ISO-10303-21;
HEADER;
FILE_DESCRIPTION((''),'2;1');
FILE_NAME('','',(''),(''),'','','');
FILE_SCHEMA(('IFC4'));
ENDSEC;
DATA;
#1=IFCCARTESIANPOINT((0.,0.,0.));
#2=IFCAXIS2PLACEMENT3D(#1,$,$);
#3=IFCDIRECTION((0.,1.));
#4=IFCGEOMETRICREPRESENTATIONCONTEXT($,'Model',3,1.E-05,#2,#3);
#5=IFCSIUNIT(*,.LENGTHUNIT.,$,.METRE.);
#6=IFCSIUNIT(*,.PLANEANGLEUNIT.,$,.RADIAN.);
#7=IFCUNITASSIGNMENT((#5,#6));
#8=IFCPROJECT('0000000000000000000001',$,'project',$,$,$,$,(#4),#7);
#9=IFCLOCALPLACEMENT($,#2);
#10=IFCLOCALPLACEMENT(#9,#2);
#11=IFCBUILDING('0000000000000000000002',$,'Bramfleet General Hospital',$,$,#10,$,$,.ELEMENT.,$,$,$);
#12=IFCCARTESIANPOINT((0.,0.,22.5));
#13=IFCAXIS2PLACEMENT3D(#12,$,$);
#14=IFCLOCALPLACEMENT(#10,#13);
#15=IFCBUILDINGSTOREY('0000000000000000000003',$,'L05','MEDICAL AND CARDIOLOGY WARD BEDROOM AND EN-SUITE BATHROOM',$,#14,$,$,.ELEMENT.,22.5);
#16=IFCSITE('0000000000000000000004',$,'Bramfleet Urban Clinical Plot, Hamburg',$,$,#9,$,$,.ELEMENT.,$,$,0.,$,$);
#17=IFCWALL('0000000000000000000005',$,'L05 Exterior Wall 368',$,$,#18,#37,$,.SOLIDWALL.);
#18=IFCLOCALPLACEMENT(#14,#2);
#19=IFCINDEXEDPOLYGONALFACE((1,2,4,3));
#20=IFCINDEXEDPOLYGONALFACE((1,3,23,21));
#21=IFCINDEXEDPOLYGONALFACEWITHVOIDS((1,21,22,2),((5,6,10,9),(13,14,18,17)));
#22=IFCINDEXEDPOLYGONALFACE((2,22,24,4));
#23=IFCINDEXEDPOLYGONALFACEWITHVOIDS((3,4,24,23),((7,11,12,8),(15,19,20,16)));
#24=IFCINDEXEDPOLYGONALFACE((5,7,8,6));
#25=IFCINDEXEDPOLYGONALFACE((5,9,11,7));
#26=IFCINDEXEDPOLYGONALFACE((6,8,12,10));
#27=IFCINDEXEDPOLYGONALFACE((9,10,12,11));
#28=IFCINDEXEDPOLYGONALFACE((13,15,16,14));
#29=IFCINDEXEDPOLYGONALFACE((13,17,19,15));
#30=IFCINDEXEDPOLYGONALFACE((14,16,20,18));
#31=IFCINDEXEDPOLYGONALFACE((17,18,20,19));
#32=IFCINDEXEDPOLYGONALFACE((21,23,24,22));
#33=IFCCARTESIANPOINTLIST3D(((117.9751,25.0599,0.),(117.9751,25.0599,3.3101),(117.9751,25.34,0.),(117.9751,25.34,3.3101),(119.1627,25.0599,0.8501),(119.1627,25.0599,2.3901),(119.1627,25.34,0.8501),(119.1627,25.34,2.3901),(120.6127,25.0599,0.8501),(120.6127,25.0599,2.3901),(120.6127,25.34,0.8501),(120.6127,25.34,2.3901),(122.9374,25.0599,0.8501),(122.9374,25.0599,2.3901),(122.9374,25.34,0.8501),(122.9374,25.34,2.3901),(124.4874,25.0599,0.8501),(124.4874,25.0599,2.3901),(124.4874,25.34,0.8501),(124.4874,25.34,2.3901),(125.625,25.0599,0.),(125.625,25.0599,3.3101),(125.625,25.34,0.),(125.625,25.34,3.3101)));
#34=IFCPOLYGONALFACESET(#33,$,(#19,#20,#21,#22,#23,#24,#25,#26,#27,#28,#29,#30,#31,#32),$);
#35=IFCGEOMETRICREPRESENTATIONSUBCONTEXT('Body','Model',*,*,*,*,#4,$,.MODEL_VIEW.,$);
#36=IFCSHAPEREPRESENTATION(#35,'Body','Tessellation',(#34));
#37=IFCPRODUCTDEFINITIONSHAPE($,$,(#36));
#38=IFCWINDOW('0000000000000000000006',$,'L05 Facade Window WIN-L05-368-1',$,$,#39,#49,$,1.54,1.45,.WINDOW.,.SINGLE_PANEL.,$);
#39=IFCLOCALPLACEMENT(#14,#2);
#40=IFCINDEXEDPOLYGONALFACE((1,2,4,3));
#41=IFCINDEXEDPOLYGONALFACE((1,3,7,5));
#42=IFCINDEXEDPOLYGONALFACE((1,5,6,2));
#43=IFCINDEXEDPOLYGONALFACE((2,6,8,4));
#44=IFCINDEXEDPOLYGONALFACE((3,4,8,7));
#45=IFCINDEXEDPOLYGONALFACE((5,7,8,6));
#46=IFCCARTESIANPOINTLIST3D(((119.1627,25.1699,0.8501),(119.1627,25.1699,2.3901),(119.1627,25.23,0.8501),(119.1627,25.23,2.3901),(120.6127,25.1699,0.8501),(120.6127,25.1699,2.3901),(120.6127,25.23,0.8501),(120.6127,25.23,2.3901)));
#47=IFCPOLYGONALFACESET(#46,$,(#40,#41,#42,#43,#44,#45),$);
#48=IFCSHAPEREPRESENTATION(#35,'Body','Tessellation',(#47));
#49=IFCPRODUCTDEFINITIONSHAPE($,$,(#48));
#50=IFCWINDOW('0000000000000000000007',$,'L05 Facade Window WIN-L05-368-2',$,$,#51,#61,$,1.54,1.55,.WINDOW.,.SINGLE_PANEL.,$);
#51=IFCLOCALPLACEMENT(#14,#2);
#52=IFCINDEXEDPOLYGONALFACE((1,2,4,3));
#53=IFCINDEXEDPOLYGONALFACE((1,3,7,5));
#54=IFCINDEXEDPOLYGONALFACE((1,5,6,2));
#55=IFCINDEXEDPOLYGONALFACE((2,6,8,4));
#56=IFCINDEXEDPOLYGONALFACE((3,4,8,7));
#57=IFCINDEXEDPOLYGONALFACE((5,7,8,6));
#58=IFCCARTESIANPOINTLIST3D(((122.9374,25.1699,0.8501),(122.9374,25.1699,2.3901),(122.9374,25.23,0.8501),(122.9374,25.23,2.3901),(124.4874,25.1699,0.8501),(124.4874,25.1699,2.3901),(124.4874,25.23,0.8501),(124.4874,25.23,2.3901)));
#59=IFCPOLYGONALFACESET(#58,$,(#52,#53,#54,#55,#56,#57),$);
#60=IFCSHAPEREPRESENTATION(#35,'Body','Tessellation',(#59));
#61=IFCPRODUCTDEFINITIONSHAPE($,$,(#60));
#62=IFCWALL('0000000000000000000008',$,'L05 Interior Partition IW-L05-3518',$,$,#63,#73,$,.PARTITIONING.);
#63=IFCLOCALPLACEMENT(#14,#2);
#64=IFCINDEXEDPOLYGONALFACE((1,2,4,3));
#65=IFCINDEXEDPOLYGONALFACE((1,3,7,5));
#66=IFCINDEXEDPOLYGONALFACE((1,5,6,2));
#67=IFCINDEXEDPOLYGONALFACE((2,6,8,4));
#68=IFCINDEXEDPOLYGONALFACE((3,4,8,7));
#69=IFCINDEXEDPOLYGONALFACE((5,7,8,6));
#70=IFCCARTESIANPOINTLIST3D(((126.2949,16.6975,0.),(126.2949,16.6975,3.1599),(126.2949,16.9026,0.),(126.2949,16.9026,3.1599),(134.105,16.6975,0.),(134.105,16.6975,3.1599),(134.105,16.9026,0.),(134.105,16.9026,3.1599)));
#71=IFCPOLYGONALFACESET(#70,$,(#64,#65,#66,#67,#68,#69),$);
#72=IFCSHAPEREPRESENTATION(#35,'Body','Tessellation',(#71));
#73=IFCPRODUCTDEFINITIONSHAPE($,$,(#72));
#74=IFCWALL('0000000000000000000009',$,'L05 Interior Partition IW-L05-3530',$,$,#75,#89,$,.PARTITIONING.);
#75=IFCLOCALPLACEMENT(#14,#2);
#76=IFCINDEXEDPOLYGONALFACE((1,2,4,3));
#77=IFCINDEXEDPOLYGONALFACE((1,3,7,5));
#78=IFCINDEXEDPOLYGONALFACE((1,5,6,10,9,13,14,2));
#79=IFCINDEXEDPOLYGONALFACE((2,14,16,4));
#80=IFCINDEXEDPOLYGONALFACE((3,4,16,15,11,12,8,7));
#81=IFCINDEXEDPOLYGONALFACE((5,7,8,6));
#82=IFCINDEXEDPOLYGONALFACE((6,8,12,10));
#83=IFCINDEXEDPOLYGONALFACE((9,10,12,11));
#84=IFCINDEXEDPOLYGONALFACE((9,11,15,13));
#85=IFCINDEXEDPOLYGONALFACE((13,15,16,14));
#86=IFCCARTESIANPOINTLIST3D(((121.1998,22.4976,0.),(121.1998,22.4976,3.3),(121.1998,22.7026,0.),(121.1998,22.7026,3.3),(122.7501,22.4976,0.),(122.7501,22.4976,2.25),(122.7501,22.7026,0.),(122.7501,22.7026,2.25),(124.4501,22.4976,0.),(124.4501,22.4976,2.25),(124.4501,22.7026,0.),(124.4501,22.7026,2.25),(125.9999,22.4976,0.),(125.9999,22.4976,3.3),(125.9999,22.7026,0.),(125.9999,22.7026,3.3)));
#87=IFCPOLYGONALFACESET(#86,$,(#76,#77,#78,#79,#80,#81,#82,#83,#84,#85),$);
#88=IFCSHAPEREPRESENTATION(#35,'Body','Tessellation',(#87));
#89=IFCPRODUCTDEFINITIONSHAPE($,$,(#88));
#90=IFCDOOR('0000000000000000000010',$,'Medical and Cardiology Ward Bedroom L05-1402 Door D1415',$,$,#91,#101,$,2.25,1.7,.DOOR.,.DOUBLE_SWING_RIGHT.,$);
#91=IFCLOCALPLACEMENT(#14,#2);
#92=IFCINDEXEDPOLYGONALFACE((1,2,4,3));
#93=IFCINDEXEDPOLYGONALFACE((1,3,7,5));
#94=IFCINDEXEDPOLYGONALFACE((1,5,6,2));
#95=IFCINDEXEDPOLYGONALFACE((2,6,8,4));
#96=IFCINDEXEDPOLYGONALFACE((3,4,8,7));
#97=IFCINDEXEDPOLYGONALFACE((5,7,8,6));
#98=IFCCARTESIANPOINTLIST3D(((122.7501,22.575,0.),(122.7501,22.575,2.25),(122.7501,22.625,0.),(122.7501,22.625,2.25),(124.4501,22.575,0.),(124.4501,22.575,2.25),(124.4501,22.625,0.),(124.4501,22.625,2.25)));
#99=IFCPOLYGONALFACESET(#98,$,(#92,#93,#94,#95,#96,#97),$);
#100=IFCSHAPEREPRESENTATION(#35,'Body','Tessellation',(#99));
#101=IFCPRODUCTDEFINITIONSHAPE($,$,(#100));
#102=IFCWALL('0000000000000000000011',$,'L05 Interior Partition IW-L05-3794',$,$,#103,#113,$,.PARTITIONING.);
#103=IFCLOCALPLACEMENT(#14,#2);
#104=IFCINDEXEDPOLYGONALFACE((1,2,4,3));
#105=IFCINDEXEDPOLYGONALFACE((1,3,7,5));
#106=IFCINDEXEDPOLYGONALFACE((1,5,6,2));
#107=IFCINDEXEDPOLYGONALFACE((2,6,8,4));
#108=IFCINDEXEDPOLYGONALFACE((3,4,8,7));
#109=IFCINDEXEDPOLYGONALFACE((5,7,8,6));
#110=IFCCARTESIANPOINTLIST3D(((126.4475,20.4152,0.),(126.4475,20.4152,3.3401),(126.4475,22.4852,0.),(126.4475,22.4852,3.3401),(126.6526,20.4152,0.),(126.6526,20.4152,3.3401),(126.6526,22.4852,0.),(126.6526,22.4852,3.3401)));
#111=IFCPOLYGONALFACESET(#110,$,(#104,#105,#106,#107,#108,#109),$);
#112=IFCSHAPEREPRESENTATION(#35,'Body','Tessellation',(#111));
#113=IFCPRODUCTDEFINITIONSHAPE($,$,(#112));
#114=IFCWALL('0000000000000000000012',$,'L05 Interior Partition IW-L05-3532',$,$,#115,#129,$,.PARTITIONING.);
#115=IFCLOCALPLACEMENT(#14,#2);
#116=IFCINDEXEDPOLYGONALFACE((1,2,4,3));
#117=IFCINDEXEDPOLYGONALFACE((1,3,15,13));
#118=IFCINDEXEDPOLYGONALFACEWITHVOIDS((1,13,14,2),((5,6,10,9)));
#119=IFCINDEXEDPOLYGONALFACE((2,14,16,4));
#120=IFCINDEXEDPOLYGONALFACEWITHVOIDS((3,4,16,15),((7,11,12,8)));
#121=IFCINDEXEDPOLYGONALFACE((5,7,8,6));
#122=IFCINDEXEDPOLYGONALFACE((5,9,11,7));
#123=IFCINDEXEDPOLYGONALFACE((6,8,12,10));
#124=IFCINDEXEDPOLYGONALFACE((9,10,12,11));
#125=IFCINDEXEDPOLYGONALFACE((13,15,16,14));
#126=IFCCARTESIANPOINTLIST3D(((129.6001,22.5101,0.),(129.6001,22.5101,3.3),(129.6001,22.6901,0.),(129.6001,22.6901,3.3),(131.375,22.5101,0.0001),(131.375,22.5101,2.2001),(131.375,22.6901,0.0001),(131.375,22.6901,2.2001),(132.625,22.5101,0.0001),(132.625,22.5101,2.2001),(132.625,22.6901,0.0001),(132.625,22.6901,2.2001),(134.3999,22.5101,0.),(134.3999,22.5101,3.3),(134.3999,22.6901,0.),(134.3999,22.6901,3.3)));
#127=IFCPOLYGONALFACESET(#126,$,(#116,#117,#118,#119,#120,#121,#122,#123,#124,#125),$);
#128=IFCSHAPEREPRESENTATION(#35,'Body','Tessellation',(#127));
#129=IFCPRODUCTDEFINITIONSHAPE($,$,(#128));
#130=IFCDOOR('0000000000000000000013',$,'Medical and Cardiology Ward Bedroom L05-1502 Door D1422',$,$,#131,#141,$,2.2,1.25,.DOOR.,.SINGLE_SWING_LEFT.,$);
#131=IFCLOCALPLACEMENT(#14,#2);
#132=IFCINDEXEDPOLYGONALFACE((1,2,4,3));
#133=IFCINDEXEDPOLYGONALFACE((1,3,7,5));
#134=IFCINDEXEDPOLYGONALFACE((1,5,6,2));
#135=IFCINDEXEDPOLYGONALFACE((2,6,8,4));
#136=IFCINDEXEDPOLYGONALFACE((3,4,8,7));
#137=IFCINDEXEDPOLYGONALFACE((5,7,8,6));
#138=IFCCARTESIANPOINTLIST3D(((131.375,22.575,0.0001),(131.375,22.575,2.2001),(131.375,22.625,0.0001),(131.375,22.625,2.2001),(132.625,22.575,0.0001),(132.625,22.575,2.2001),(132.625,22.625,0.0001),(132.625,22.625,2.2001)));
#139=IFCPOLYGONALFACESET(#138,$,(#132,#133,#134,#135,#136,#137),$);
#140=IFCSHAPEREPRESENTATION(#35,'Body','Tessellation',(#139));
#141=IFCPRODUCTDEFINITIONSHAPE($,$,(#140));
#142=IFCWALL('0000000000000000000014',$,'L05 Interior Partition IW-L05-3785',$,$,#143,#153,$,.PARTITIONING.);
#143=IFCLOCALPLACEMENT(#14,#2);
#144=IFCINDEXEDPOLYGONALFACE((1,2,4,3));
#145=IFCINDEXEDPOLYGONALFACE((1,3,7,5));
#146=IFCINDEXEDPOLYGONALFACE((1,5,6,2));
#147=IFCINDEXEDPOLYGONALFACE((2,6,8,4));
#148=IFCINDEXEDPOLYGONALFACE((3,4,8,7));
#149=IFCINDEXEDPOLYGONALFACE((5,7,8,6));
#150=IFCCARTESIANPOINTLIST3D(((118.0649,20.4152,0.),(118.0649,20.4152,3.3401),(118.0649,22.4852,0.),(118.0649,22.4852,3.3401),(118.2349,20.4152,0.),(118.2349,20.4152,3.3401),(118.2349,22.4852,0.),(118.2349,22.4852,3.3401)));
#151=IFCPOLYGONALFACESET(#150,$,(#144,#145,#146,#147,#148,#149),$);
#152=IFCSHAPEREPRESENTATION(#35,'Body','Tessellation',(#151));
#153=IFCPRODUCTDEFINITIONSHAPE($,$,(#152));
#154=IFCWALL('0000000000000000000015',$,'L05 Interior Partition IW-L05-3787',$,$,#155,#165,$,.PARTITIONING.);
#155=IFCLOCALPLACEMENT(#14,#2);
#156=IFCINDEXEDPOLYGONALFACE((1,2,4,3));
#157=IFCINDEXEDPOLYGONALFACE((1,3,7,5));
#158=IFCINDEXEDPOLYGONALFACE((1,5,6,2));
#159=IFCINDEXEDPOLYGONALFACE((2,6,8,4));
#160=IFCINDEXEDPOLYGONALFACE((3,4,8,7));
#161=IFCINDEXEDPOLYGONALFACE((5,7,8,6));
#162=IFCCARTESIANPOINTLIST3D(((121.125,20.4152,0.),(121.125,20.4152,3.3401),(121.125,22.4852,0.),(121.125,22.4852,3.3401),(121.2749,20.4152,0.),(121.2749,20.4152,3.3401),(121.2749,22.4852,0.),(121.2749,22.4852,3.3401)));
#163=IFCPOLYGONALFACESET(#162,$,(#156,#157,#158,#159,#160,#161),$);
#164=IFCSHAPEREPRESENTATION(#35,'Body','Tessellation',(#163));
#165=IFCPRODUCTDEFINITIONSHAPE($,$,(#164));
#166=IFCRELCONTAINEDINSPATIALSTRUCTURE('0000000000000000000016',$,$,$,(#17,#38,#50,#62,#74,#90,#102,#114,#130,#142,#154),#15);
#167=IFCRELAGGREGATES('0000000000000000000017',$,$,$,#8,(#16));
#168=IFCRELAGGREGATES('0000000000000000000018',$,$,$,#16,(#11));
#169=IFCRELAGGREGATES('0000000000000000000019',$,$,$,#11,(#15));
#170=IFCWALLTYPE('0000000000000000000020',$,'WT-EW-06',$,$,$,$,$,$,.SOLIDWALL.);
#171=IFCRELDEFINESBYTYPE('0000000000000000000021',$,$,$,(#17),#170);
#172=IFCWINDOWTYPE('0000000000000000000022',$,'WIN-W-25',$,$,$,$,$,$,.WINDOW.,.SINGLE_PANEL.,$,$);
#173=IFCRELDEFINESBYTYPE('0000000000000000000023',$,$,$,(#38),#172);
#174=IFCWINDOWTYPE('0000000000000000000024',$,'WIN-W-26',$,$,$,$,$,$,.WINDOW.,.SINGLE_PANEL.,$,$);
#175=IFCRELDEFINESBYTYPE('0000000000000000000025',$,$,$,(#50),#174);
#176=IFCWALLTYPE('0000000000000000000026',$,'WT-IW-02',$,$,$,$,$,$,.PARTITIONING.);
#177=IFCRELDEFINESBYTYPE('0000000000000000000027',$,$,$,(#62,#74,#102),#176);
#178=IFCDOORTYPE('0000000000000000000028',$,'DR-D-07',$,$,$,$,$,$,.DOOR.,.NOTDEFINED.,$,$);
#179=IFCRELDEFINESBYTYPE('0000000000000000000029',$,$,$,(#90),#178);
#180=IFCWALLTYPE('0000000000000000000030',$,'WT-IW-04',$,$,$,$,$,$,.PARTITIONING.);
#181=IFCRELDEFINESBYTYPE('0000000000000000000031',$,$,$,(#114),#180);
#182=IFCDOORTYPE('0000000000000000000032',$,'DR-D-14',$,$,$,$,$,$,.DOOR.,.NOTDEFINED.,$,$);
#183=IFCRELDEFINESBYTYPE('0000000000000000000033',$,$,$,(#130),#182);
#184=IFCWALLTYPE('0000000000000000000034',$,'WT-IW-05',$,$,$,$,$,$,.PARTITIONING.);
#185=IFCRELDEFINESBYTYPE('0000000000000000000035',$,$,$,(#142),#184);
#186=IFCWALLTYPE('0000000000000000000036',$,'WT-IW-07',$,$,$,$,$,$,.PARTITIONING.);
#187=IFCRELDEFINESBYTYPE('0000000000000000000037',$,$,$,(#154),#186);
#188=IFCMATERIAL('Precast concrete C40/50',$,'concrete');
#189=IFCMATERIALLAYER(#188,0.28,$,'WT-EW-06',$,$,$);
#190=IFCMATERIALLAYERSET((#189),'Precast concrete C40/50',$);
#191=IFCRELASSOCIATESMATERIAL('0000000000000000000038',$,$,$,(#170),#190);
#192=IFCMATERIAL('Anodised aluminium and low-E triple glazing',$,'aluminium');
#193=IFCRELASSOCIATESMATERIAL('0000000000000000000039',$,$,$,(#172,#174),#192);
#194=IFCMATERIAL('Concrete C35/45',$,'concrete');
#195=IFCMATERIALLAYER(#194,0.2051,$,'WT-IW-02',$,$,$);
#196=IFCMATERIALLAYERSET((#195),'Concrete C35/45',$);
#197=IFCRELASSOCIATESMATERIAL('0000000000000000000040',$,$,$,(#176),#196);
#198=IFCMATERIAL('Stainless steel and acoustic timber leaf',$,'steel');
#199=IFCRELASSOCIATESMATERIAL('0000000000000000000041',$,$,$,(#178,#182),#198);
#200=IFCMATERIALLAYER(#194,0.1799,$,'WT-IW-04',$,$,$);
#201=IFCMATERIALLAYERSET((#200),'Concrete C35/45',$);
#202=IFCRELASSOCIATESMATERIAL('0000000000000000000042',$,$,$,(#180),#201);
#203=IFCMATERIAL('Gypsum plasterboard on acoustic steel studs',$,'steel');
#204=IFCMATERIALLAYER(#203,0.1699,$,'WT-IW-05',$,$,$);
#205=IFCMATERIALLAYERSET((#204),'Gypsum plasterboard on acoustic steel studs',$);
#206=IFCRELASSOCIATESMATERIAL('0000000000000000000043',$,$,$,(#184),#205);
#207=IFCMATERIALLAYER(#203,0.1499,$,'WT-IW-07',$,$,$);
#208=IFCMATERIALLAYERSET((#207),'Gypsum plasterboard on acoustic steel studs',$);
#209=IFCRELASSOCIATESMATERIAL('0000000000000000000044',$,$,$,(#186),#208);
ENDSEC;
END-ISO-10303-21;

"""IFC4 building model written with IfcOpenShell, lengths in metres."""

from ifc_helpers import new_model, si_unit, direction, frame, frame_2d, origin, place, context, subcontext, project, spatial, rectangle, extrude, material, layer, layer_set, type_object, element, fill, save


model = new_model("IFC4")

# Units and contexts
model_context = context("Model", 3, precision=1e-05, world=origin(), true_north=direction((0.0, 1.0)))
body_context = subcontext(model_context, "Body", "Model", "MODEL_VIEW")
ifc_project = project(units=[si_unit("LENGTHUNIT", "METRE"), si_unit("PLANEANGLEUNIT", "RADIAN")], contexts=[model_context])

# Site, building, storey
site_placement = place(None, origin())
site = spatial("IfcSite", under=ifc_project, at=site_placement, Name="Bramfleet Urban Clinical Plot, Hamburg", CompositionType="ELEMENT", RefElevation=0.0)
building_placement = place(site_placement, origin())
building = spatial("IfcBuilding", under=site, at=building_placement, Name="Bramfleet General Hospital", CompositionType="ELEMENT")
storey_placement = place(building_placement, frame((0.0, 0.0, 22.5)))
storey = spatial("IfcBuildingStorey", under=building, at=storey_placement, Name="L05", Description="MEDICAL AND CARDIOLOGY WARD BEDROOM AND EN-SUITE BATHROOM", CompositionType="ELEMENT", Elevation=22.5)

# Shared definitions
ifc_material_1 = material(Name="Anodised aluminium and low-E triple glazing", Category="aluminium")

# Wall, openings, windows
ifc_material_2 = material(Name="Precast concrete C40/50", Category="concrete")
ifc_layer_1 = layer(ifc_material_2, 0.28, Name="WT-EW-06")
ifc_layer_set_1 = layer_set([ifc_layer_1], Name="Precast concrete C40/50")
wall_type_1 = type_object("IfcWallType", Name="WT-EW-06", PredefinedType="SOLIDWALL", material=ifc_layer_set_1)
wall_1_placement = place(storey_placement, frame((117.9751, 25.2, 0.0), z_axis=(0.0, 0.0, 1.0), x_axis=(1.0, 0.0, 0.0)))
wall_1 = element("IfcWall", 1, at=wall_1_placement, inside=storey, type_object=wall_type_1, Name="L05 Exterior Wall 368", PredefinedType="SOLIDWALL", context=body_context, shape_type="SweptSolid", body=[
    extrude(rectangle(XDim=7.6499, YDim=0.28, at=frame_2d((3.825, 0.0))), origin(), (0.0, 0.0, 1.0), 3.3101),
])
opening_1_placement = place(wall_1_placement, frame((1.1875, 0.0, 0.8501)))
opening_1 = element("IfcOpeningElement", 2, at=opening_1_placement, cuts=wall_1, PredefinedType="OPENING", context=body_context, shape_type="SweptSolid", body=[
    extrude(rectangle(XDim=1.45, YDim=1.54, at=frame_2d((0.7251, 0.77))), frame((0.0, 0.1499, 0.0), z_axis=(0.0, -1.0, 0.0), x_axis=(1.0, 0.0, 0.0)), (0.0, 0.0, 1.0), 0.3),
])
opening_2_placement = place(wall_1_placement, frame((4.9624, 0.0, 0.8501)))
opening_2 = element("IfcOpeningElement", 3, at=opening_2_placement, cuts=wall_1, PredefinedType="OPENING", context=body_context, shape_type="SweptSolid", body=[
    extrude(rectangle(XDim=1.55, YDim=1.54, at=frame_2d((0.7749, 0.77))), frame((0.0, 0.1499, 0.0), z_axis=(0.0, -1.0, 0.0), x_axis=(1.0, 0.0, 0.0)), (0.0, 0.0, 1.0), 0.3),
])
window_type_1 = type_object("IfcWindowType", Name="WIN-W-25", PartitioningType="SINGLE_PANEL", PredefinedType="WINDOW", material=ifc_material_1)
window_1_placement = place(opening_1_placement, origin())
window_1 = element("IfcWindow", 4, at=window_1_placement, inside=storey, type_object=window_type_1, Name="L05 Facade Window WIN-L05-368-1", OverallHeight=1.54, OverallWidth=1.45, PartitioningType="SINGLE_PANEL", PredefinedType="WINDOW", context=body_context, shape_type="SweptSolid", body=[
    extrude(rectangle(XDim=1.45, YDim=1.54, at=frame_2d((0.7251, 0.77))), frame((0.0, 0.03, 0.0), z_axis=(0.0, -1.0, 0.0), x_axis=(1.0, 0.0, 0.0)), (0.0, 0.0, 1.0), 0.0601),
])
fill(opening_1, window_1)
window_type_2 = type_object("IfcWindowType", Name="WIN-W-26", PartitioningType="SINGLE_PANEL", PredefinedType="WINDOW", material=ifc_material_1)
window_2_placement = place(opening_2_placement, origin())
window_2 = element("IfcWindow", 5, at=window_2_placement, inside=storey, type_object=window_type_2, Name="L05 Facade Window WIN-L05-368-2", OverallHeight=1.54, OverallWidth=1.55, PartitioningType="SINGLE_PANEL", PredefinedType="WINDOW", context=body_context, shape_type="SweptSolid", body=[
    extrude(rectangle(XDim=1.55, YDim=1.54, at=frame_2d((0.7749, 0.77))), frame((0.0, 0.03, 0.0), z_axis=(0.0, -1.0, 0.0), x_axis=(1.0, 0.0, 0.0)), (0.0, 0.0, 1.0), 0.0601),
])
fill(opening_2, window_2)

# Wall
ifc_material_3 = material(Name="Concrete C35/45", Category="concrete")
ifc_layer_2 = layer(ifc_material_3, 0.2051, Name="WT-IW-02")
ifc_layer_set_2 = layer_set([ifc_layer_2], Name="Concrete C35/45")
wall_type_2 = type_object("IfcWallType", Name="WT-IW-02", PredefinedType="PARTITIONING", material=ifc_layer_set_2)
wall_2_placement = place(storey_placement, frame((126.2949, 16.8, 0.0), z_axis=(0.0, 0.0, 1.0), x_axis=(1.0, 0.0, 0.0)))
element("IfcWall", 6, at=wall_2_placement, inside=storey, type_object=wall_type_2, Name="L05 Interior Partition IW-L05-3518", PredefinedType="PARTITIONING", context=body_context, shape_type="SweptSolid", body=[
    extrude(rectangle(XDim=7.8101, YDim=0.2051, at=frame_2d((3.905, 0.0))), origin(), (0.0, 0.0, 1.0), 3.1599),
])

# Wall, opening, door
wall_3_placement = place(storey_placement, frame((121.2, 22.6001, 0.0), z_axis=(0.0, 0.0, 1.0), x_axis=(1.0, 0.0, 0.0)))
wall_3 = element("IfcWall", 7, at=wall_3_placement, inside=storey, type_object=wall_type_2, Name="L05 Interior Partition IW-L05-3530", PredefinedType="PARTITIONING", context=body_context, shape_type="SweptSolid", body=[
    extrude(rectangle(XDim=4.8, YDim=0.2051, at=frame_2d((2.3999, 0.0))), origin(), (0.0, 0.0, 1.0), 3.3),
])
opening_3_placement = place(wall_3_placement, frame((1.55, 0.0, 0.0)))
opening_3 = element("IfcOpeningElement", 8, at=opening_3_placement, cuts=wall_3, PredefinedType="OPENING", context=body_context, shape_type="SweptSolid", body=[
    extrude(rectangle(XDim=1.7, YDim=2.25, at=frame_2d((0.8501, 1.125))), frame((0.0, 0.1125, 0.0), z_axis=(0.0, -1.0, 0.0), x_axis=(1.0, 0.0, 0.0)), (0.0, 0.0, 1.0), 0.2251),
])
ifc_material_4 = material(Name="Stainless steel and acoustic timber leaf", Category="steel")
door_type_1 = type_object("IfcDoorType", Name="DR-D-07", OperationType="NOTDEFINED", PredefinedType="DOOR", material=ifc_material_4)
door_1_placement = place(opening_3_placement, origin())
door_1 = element("IfcDoor", 9, at=door_1_placement, inside=storey, type_object=door_type_1, Name="Medical and Cardiology Ward Bedroom L05-1402 Door D1415", OperationType="DOUBLE_SWING_RIGHT", OverallHeight=2.25, OverallWidth=1.7, PredefinedType="DOOR", context=body_context, shape_type="SweptSolid", body=[
    extrude(rectangle(XDim=1.7, YDim=2.25, at=frame_2d((0.8501, 1.125))), frame((0.0, 0.0249, 0.0), z_axis=(0.0, -1.0, 0.0), x_axis=(1.0, 0.0, 0.0)), (0.0, 0.0, 1.0), 0.05),
])
fill(opening_3, door_1)

# Wall
wall_4_placement = place(storey_placement, frame((126.55, 20.415, 0.0), z_axis=(0.0, 0.0, 1.0), x_axis=(0.0, 1.0, 0.0)))
element("IfcWall", 10, at=wall_4_placement, inside=storey, type_object=wall_type_2, Name="L05 Interior Partition IW-L05-3794", PredefinedType="PARTITIONING", context=body_context, shape_type="SweptSolid", body=[
    extrude(rectangle(XDim=2.0701, YDim=0.2051, at=frame_2d((1.0352, 0.0))), origin(), (0.0, 0.0, 1.0), 3.3401),
])

# Wall, opening, door
ifc_layer_3 = layer(ifc_material_3, 0.1799, Name="WT-IW-04")
ifc_layer_set_3 = layer_set([ifc_layer_3], Name="Concrete C35/45")
wall_type_3 = type_object("IfcWallType", Name="WT-IW-04", PredefinedType="PARTITIONING", material=ifc_layer_set_3)
wall_5_placement = place(storey_placement, frame((129.6001, 22.6001, 0.0), z_axis=(0.0, 0.0, 1.0), x_axis=(1.0, 0.0, 0.0)))
wall_5 = element("IfcWall", 11, at=wall_5_placement, inside=storey, type_object=wall_type_3, Name="L05 Interior Partition IW-L05-3532", PredefinedType="PARTITIONING", context=body_context, shape_type="SweptSolid", body=[
    extrude(rectangle(XDim=4.7998, YDim=0.1799, at=frame_2d((2.3999, 0.0))), origin(), (0.0, 0.0, 1.0), 3.3),
])
opening_4_placement = place(wall_5_placement, frame((1.7749, 0.0, 0.0)))
opening_4 = element("IfcOpeningElement", 12, at=opening_4_placement, cuts=wall_5, PredefinedType="OPENING", context=body_context, shape_type="SweptSolid", body=[
    extrude(rectangle(XDim=1.25, YDim=2.2, at=frame_2d((0.625, 1.1001))), frame((0.0, 0.0999, 0.0), z_axis=(0.0, -1.0, 0.0), x_axis=(1.0, 0.0, 0.0)), (0.0, 0.0, 1.0), 0.2),
])
door_type_2 = type_object("IfcDoorType", Name="DR-D-14", OperationType="NOTDEFINED", PredefinedType="DOOR", material=ifc_material_4)
door_2_placement = place(opening_4_placement, origin())
door_2 = element("IfcDoor", 13, at=door_2_placement, inside=storey, type_object=door_type_2, Name="Medical and Cardiology Ward Bedroom L05-1502 Door D1422", OperationType="SINGLE_SWING_LEFT", OverallHeight=2.2, OverallWidth=1.25, PredefinedType="DOOR", context=body_context, shape_type="SweptSolid", body=[
    extrude(rectangle(XDim=1.25, YDim=2.2, at=frame_2d((0.625, 1.1001))), frame((0.0, 0.0249, 0.0), z_axis=(0.0, -1.0, 0.0), x_axis=(1.0, 0.0, 0.0)), (0.0, 0.0, 1.0), 0.05),
])
fill(opening_4, door_2)

# Walls
ifc_material_5 = material(Name="Gypsum plasterboard on acoustic steel studs", Category="steel")
ifc_layer_4 = layer(ifc_material_5, 0.1699, Name="WT-IW-05")
ifc_layer_set_4 = layer_set([ifc_layer_4], Name="Gypsum plasterboard on acoustic steel studs")
wall_type_4 = type_object("IfcWallType", Name="WT-IW-05", PredefinedType="PARTITIONING", material=ifc_layer_set_4)
wall_6_placement = place(storey_placement, frame((118.1499, 20.415, 0.0), z_axis=(0.0, 0.0, 1.0), x_axis=(0.0, 1.0, 0.0)))
element("IfcWall", 14, at=wall_6_placement, inside=storey, type_object=wall_type_4, Name="L05 Interior Partition IW-L05-3785", PredefinedType="PARTITIONING", context=body_context, shape_type="SweptSolid", body=[
    extrude(rectangle(XDim=2.0701, YDim=0.1699, at=frame_2d((1.0352, 0.0))), origin(), (0.0, 0.0, 1.0), 3.3401),
])
ifc_layer_5 = layer(ifc_material_5, 0.1499, Name="WT-IW-07")
ifc_layer_set_5 = layer_set([ifc_layer_5], Name="Gypsum plasterboard on acoustic steel studs")
wall_type_5 = type_object("IfcWallType", Name="WT-IW-07", PredefinedType="PARTITIONING", material=ifc_layer_set_5)
for number, where, z_axis, x_axis, name in (
    (15, (121.2, 20.415, 0.0), (0.0, 0.0, 1.0), (0.0, 1.0, 0.0), "L05 Interior Partition IW-L05-3787"),
):
    element("IfcWall", number, at=place(storey_placement, frame(where, z_axis=z_axis, x_axis=x_axis)), inside=storey, type_object=wall_type_5, Name=name, PredefinedType="PARTITIONING", context=body_context, shape_type="SweptSolid", body=[
        extrude(rectangle(XDim=2.0701, YDim=0.1499, at=frame_2d((1.0352, 0.0))), origin(), (0.0, 0.0, 1.0), 3.3401),
    ])

save(model, "model.ifc")
